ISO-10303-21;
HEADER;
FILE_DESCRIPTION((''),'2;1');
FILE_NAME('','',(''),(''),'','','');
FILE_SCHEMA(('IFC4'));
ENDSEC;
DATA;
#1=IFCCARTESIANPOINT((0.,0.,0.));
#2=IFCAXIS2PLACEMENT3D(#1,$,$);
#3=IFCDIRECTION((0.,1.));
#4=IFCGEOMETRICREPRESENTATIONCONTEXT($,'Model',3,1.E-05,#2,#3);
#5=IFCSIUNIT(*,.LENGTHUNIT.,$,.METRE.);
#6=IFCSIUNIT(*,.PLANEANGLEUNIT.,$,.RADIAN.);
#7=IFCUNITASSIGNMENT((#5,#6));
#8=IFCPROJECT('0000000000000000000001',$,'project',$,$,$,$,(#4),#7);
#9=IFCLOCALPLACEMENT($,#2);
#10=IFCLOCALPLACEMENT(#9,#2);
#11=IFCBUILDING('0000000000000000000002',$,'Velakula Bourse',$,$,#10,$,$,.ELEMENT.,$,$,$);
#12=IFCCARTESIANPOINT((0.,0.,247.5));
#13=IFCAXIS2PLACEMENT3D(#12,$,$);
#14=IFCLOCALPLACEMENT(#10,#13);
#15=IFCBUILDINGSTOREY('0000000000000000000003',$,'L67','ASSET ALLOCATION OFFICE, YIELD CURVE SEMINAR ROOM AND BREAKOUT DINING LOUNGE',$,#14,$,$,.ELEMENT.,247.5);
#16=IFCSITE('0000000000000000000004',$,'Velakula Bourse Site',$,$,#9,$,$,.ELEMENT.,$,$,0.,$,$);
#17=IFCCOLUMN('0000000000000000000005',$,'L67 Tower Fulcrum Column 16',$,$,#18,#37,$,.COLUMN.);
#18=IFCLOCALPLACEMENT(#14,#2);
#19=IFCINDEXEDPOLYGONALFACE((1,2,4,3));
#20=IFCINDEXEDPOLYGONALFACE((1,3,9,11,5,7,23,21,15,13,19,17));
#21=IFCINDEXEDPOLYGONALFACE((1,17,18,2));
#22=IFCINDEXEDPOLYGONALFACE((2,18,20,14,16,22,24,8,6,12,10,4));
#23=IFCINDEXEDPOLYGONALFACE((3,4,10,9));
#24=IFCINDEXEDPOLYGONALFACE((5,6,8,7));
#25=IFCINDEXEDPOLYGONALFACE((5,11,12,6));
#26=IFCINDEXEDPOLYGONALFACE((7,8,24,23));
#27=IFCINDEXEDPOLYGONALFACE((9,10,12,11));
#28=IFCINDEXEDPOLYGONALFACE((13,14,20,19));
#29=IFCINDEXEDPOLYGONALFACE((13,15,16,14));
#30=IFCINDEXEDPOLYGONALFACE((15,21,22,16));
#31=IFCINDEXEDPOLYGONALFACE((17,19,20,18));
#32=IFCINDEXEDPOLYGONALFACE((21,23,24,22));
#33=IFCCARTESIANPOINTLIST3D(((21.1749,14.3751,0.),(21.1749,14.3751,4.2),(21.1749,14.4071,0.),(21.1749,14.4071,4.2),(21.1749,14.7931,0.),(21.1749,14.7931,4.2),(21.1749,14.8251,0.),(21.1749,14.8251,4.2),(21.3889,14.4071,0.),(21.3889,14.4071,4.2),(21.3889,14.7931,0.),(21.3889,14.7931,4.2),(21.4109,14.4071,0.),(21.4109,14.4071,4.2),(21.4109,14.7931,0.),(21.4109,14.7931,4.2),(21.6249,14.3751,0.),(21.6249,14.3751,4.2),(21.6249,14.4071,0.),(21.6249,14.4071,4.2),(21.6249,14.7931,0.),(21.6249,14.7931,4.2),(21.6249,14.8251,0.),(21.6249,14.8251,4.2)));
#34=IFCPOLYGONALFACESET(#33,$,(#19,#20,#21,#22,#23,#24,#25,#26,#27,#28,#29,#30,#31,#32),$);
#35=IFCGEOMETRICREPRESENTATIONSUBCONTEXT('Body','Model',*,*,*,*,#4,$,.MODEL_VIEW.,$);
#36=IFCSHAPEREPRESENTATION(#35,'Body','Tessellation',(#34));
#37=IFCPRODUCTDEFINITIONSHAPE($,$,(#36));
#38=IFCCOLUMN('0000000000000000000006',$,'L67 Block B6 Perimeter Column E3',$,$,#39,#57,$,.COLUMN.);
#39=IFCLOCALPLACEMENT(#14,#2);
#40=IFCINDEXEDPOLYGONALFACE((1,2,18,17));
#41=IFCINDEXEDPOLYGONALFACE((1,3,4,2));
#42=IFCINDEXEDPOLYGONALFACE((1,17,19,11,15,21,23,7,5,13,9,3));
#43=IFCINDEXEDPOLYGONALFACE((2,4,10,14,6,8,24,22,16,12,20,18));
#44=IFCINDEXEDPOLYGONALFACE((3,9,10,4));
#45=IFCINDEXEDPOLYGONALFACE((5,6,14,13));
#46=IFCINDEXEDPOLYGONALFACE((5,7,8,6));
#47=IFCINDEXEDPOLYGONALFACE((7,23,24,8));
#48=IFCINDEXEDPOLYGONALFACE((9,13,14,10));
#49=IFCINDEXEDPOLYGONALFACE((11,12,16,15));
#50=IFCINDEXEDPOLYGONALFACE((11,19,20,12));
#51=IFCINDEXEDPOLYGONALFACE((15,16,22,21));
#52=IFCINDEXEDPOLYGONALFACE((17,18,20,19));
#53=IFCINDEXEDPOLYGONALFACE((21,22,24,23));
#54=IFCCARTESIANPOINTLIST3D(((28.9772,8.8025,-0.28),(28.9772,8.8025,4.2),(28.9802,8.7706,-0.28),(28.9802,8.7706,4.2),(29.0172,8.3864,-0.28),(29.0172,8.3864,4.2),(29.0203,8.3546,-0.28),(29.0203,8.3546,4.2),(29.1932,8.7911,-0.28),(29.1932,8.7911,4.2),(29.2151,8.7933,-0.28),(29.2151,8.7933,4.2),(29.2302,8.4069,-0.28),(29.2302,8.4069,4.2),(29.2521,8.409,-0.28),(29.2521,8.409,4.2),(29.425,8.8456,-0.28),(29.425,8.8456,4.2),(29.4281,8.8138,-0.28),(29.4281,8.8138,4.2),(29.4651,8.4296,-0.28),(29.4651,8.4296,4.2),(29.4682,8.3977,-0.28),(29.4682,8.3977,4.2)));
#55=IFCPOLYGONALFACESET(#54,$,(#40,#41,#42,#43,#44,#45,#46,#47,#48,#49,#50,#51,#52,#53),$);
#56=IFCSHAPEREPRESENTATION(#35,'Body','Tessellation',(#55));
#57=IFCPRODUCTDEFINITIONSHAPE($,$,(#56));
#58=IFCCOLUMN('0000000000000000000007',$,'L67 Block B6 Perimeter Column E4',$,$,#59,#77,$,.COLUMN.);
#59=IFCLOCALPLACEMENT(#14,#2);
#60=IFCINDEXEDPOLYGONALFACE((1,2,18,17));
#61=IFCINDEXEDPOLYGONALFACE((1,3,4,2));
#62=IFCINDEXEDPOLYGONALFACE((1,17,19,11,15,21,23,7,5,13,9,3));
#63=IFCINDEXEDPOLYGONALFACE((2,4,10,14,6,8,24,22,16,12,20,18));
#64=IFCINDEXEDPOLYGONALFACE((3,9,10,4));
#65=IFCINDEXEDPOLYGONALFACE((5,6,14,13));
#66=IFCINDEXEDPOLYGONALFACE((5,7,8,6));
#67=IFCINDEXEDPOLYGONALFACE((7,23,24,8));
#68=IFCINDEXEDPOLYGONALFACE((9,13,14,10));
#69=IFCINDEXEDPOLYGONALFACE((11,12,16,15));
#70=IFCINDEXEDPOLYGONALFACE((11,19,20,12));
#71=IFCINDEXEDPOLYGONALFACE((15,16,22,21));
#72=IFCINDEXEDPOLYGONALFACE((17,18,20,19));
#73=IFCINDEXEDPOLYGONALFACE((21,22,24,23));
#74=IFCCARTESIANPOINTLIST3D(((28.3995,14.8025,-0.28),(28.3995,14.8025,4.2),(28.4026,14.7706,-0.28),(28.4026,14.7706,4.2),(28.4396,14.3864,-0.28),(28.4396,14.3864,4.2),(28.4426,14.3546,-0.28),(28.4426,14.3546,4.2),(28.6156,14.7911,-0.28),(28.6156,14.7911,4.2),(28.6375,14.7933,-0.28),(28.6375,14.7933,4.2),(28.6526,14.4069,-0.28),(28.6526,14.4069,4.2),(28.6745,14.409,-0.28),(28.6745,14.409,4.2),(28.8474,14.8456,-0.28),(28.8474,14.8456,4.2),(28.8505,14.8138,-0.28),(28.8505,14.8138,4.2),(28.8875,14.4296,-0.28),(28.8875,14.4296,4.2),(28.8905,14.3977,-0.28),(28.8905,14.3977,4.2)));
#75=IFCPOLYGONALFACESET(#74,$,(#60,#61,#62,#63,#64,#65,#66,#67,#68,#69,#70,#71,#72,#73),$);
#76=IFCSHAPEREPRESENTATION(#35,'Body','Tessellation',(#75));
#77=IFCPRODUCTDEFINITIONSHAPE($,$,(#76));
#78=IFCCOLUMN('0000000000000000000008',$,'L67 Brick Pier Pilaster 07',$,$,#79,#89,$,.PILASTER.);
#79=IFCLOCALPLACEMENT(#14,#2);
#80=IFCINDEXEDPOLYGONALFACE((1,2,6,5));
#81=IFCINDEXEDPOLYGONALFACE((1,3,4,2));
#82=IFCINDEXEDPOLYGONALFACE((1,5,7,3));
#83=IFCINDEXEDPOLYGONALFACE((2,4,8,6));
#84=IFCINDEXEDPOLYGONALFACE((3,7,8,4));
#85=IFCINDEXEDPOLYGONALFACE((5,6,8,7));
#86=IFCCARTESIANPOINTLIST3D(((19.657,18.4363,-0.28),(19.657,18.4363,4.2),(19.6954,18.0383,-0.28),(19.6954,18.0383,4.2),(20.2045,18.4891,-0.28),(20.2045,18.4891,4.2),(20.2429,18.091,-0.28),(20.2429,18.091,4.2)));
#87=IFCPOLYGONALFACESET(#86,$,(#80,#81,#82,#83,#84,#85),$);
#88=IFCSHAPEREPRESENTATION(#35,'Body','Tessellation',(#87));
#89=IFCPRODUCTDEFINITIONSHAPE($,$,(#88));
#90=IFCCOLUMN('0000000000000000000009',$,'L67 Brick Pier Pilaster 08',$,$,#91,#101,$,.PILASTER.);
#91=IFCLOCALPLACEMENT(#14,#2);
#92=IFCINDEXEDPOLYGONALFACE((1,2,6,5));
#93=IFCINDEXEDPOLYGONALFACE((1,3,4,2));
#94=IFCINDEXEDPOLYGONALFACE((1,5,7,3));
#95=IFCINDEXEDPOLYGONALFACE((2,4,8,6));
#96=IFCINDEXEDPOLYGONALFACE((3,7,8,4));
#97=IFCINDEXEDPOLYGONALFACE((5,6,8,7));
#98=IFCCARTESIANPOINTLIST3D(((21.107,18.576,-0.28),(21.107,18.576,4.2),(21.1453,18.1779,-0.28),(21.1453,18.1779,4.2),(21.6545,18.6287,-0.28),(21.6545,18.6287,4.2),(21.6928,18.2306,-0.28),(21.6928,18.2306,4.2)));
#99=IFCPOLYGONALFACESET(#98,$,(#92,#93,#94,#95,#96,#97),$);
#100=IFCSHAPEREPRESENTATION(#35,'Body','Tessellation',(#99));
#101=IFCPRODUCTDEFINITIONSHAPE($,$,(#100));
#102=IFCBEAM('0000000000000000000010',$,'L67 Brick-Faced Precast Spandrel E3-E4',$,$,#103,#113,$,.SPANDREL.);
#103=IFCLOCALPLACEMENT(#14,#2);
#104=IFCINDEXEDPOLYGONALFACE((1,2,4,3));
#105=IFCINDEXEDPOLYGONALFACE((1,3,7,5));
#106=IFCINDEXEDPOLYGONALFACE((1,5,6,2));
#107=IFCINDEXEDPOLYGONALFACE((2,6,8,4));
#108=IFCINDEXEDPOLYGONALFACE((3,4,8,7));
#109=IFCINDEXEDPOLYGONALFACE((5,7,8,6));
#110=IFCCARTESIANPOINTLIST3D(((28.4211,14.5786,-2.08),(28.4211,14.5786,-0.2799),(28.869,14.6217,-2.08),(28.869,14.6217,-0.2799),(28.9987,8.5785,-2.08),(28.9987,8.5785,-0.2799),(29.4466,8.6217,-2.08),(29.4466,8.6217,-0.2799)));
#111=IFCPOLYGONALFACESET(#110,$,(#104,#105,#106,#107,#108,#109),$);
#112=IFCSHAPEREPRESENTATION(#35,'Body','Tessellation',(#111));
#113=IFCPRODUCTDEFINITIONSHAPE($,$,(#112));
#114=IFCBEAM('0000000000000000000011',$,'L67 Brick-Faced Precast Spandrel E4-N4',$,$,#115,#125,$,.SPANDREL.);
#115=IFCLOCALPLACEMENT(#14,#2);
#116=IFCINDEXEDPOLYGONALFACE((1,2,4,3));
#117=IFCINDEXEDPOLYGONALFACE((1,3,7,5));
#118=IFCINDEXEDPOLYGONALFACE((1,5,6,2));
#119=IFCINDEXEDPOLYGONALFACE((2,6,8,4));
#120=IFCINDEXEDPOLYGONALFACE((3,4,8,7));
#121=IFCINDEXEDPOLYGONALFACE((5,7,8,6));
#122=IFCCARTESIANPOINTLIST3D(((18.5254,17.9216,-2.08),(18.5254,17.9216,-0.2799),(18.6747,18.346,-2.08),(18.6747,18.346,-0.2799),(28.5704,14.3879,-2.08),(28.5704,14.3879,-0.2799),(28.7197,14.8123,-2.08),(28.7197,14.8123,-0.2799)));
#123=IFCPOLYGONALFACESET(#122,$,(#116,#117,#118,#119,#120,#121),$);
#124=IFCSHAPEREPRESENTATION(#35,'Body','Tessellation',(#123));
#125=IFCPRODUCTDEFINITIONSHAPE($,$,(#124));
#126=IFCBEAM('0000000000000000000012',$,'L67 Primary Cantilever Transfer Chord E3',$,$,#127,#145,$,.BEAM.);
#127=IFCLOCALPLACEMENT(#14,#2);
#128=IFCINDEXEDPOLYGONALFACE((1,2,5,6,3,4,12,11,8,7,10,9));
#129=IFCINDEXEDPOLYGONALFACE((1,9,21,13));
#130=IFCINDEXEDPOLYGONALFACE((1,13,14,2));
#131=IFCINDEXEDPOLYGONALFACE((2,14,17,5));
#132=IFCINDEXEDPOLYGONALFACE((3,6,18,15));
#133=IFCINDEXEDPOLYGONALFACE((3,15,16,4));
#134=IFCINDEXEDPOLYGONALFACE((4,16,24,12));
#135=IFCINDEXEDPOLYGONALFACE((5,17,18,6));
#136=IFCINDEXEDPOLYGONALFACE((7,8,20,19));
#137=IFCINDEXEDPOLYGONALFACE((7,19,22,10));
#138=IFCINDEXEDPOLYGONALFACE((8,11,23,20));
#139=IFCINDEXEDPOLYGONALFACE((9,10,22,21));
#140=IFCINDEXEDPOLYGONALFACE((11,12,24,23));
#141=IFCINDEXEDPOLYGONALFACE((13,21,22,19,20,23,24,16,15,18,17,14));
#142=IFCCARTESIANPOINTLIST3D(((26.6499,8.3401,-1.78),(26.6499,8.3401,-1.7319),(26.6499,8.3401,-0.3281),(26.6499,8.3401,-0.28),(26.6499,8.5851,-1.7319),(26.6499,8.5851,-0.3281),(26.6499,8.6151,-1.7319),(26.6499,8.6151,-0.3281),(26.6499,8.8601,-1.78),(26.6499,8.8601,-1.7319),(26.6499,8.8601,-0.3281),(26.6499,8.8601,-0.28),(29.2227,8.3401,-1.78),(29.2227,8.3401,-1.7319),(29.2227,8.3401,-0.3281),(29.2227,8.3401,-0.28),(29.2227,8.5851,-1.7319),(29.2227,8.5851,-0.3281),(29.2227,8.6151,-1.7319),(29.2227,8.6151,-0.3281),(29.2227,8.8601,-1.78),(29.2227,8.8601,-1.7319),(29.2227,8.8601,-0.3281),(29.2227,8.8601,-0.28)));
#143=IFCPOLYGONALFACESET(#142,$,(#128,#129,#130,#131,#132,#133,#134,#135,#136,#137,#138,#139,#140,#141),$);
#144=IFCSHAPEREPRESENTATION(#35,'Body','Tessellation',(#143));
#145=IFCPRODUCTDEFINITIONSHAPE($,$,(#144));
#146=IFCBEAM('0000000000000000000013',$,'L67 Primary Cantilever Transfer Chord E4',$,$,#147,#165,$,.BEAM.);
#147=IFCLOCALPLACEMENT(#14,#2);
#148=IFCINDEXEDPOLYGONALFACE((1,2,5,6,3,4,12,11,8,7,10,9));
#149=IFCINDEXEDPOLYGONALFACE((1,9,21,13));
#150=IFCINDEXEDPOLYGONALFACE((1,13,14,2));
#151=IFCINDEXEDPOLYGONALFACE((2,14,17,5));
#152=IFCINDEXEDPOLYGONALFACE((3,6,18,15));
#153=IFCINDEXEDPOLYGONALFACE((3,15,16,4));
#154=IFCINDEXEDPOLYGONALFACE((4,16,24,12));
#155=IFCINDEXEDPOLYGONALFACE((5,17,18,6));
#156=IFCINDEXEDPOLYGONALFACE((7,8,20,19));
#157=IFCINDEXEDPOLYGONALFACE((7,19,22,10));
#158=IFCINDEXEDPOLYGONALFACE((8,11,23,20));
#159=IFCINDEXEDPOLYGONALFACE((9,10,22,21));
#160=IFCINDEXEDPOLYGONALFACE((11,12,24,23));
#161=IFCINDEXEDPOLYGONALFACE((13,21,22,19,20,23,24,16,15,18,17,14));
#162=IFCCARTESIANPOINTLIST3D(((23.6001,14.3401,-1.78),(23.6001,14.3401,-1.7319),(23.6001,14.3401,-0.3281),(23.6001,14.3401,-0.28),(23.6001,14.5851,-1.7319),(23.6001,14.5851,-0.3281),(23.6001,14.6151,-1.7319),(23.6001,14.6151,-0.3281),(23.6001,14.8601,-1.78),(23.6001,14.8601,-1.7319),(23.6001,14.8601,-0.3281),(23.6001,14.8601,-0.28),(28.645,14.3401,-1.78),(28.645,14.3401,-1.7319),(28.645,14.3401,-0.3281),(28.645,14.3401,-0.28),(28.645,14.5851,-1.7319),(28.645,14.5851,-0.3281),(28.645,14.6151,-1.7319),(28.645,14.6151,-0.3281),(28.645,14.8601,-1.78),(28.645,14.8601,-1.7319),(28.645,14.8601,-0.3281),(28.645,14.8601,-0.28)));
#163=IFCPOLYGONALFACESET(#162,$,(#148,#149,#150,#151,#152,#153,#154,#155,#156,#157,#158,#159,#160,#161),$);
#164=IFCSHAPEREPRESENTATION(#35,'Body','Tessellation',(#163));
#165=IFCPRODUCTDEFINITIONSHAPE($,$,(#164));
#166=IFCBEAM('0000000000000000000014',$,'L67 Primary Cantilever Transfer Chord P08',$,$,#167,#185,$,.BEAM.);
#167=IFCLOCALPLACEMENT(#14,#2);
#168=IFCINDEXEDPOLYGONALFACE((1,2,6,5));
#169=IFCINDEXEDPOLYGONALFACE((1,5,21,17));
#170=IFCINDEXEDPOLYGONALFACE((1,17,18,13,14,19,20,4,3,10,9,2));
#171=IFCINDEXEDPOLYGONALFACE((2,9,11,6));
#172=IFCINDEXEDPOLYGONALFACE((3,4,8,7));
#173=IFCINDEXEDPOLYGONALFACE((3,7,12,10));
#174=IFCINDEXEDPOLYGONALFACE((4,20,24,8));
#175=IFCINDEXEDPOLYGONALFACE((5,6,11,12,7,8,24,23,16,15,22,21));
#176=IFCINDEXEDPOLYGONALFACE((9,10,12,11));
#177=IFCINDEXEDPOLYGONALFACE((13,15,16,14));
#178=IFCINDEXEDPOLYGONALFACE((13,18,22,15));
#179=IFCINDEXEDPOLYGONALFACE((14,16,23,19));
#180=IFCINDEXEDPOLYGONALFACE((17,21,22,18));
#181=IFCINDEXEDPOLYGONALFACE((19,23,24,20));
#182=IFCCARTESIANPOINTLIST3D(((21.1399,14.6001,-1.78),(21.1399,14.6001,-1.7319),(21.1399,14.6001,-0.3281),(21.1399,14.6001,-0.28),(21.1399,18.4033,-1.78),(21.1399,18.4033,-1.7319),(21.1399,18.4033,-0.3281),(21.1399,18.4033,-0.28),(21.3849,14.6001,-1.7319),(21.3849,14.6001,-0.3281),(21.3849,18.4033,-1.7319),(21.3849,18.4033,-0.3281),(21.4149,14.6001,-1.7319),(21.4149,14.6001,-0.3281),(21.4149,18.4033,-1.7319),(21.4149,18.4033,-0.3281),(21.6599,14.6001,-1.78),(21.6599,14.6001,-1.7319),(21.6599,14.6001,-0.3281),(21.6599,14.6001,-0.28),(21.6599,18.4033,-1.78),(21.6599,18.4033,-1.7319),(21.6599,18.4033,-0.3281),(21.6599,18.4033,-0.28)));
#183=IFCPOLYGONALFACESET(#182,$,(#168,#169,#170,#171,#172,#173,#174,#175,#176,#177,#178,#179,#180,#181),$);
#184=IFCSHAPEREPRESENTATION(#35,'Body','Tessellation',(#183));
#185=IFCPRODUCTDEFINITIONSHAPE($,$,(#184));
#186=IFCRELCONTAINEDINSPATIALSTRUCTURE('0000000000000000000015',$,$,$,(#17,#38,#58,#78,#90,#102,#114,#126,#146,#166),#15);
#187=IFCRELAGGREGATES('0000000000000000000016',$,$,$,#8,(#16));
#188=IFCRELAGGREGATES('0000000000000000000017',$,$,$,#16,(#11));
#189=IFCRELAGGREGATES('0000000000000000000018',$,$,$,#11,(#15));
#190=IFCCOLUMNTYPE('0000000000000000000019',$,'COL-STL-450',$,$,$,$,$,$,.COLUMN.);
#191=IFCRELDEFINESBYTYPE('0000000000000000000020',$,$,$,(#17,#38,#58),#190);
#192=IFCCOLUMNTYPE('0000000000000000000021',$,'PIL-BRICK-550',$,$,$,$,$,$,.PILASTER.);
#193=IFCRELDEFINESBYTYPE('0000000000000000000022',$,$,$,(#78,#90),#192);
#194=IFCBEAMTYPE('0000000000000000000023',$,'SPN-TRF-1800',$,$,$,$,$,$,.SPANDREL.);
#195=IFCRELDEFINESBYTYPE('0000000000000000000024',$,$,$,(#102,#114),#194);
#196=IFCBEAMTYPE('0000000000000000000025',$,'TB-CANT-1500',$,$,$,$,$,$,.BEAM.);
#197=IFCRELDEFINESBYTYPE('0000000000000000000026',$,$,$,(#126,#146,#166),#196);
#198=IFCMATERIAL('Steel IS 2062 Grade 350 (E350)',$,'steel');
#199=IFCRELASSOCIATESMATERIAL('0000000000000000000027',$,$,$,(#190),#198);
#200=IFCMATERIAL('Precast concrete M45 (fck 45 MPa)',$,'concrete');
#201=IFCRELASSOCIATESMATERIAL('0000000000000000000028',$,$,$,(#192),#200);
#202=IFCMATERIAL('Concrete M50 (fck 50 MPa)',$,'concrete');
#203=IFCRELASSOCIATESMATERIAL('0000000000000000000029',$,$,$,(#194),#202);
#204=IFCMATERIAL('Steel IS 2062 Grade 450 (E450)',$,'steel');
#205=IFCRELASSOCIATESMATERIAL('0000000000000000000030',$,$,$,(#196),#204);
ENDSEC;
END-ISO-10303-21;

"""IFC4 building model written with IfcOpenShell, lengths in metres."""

from ifc_helpers import new_model, si_unit, direction, frame, origin, origin_2d, place, context, subcontext, project, spatial, rectangle, i_section, extrude, material, material_profile, profile_set, type_object, element, save


model = new_model("IFC4")

# Units and contexts
model_context = context("Model", 3, precision=1e-05, world=origin(), true_north=direction((0.0, 1.0)))
body_context = subcontext(model_context, "Body", "Model", "MODEL_VIEW")
ifc_project = project(units=[si_unit("LENGTHUNIT", "METRE"), si_unit("PLANEANGLEUNIT", "RADIAN")], contexts=[model_context])

# Site, building, storey
site_placement = place(None, origin())
site = spatial("IfcSite", under=ifc_project, at=site_placement, Name="Velakula Bourse Site", CompositionType="ELEMENT", RefElevation=0.0)
building_placement = place(site_placement, origin())
building = spatial("IfcBuilding", under=site, at=building_placement, Name="Velakula Bourse", CompositionType="ELEMENT")
storey_placement = place(building_placement, frame((0.0, 0.0, 247.5)))
storey = spatial("IfcBuildingStorey", under=building, at=storey_placement, Name="L67", Description="ASSET ALLOCATION OFFICE, YIELD CURVE SEMINAR ROOM AND BREAKOUT DINING LOUNGE", CompositionType="ELEMENT", Elevation=247.5)

# Columns
ifc_material_1 = material(Name="Steel IS 2062 Grade 350 (E350)", Category="steel")
ifc_material_profile_1 = material_profile(ifc_material_1, i_section(OverallWidth=0.45, OverallDepth=0.45, WebThickness=0.022, FlangeThickness=0.032, at=origin_2d()), Name="Steel IS 2062 Grade 350 (E350)")
ifc_profile_set_1 = profile_set([ifc_material_profile_1], Name="Steel IS 2062 Grade 350 (E350)")
column_type_1 = type_object("IfcColumnType", Name="COL-STL-450", PredefinedType="COLUMN", material=ifc_profile_set_1)
column_placement = place(storey_placement, frame((21.3999, 14.6001, 0.0), z_axis=(0.0, 0.0, 1.0), x_axis=(1.0, 0.0, 0.0)))
element("IfcColumn", 1, at=column_placement, inside=storey, type_object=column_type_1, Name="L67 Tower Fulcrum Column 16", PredefinedType="COLUMN", context=body_context, shape_type="SweptSolid", body=[
    extrude(i_section(OverallWidth=0.45, OverallDepth=0.45, WebThickness=0.022, FlangeThickness=0.032, at=origin_2d()), origin(), (0.0, 0.0, 1.0), 4.2),
])
for number, where, z_axis, x_axis, name in (
    (2, (29.2227, 8.6001, -0.28), (0.0, 0.0, 1.0), (0.995396, 0.095846, 0.0), "L67 Block B6 Perimeter Column E3"),
    (3, (28.645, 14.6001, -0.28), (0.0, 0.0, 1.0), (0.995396, 0.095846, 0.0), "L67 Block B6 Perimeter Column E4"),
):
    element("IfcColumn", number, at=place(storey_placement, frame(where, z_axis=z_axis, x_axis=x_axis)), inside=storey, type_object=column_type_1, Name=name, PredefinedType="COLUMN", context=body_context, shape_type="SweptSolid", body=[
        extrude(i_section(OverallWidth=0.45, OverallDepth=0.45, WebThickness=0.022, FlangeThickness=0.032, at=origin_2d()), origin(), (0.0, 0.0, 1.0), 4.48),
    ])
ifc_material_2 = material(Name="Precast concrete M45 (fck 45 MPa)", Category="concrete")
ifc_material_profile_2 = material_profile(ifc_material_2, rectangle(XDim=0.55, YDim=0.3999, at=origin_2d()), Name="Precast concrete M45 (fck 45 MPa)")
ifc_profile_set_2 = profile_set([ifc_material_profile_2], Name="Precast concrete M45 (fck 45 MPa)")
column_type_2 = type_object("IfcColumnType", Name="PIL-BRICK-550", PredefinedType="PILASTER", material=ifc_profile_set_2)
for number, where, z_axis, x_axis, name in (
    (4, (19.95, 18.2637, -0.28), (0.0, 0.0, 1.0), (0.995396, 0.095846, 0.0), "L67 Brick Pier Pilaster 07"),
    (5, (21.3999, 18.4033, -0.28), (0.0, 0.0, 1.0), (0.995396, 0.095846, 0.0), "L67 Brick Pier Pilaster 08"),
):
    element("IfcColumn", number, at=place(storey_placement, frame(where, z_axis=z_axis, x_axis=x_axis)), inside=storey, type_object=column_type_2, Name=name, PredefinedType="PILASTER", context=body_context, shape_type="SweptSolid", body=[
        extrude(rectangle(XDim=0.55, YDim=0.3999, at=origin_2d()), origin(), (0.0, 0.0, 1.0), 4.48),
    ])

# Beams
ifc_material_3 = material(Name="Concrete M50 (fck 50 MPa)", Category="concrete")
ifc_material_profile_3 = material_profile(ifc_material_3, rectangle(XDim=0.45, YDim=1.8, at=origin_2d()), Name="Concrete M50 (fck 50 MPa)")
ifc_profile_set_3 = profile_set([ifc_material_profile_3], Name="Concrete M50 (fck 50 MPa)")
beam_type_1 = type_object("IfcBeamType", Name="SPN-TRF-1800", PredefinedType="SPANDREL", material=ifc_profile_set_3)
beam_1_placement = place(storey_placement, frame((29.2227, 8.6001, -1.1799), z_axis=(-0.09583, 0.995398, 0.0), x_axis=(-0.995398, -0.09583, 0.0)))
element("IfcBeam", 6, at=beam_1_placement, inside=storey, type_object=beam_type_1, Name="L67 Brick-Faced Precast Spandrel E3-E4", PredefinedType="SPANDREL", context=body_context, shape_type="SweptSolid", body=[
    extrude(rectangle(XDim=0.45, YDim=1.8, at=origin_2d()), origin(), (0.0, 0.0, 1.0), 6.0278),
])
beam_2_placement = place(storey_placement, frame((28.645, 14.6001, -1.1799), z_axis=(-0.943331, 0.331853, 0.0), x_axis=(-0.331853, -0.943331, 0.0)))
element("IfcBeam", 7, at=beam_2_placement, inside=storey, type_object=beam_type_1, Name="L67 Brick-Faced Precast Spandrel E4-N4", PredefinedType="SPANDREL", context=body_context, shape_type="SweptSolid", body=[
    extrude(rectangle(XDim=0.45, YDim=1.8, at=origin_2d()), origin(), (0.0, 0.0, 1.0), 10.6484),
])
ifc_material_4 = material(Name="Steel IS 2062 Grade 450 (E450)", Category="steel")
ifc_material_profile_4 = material_profile(ifc_material_4, i_section(OverallWidth=0.52, OverallDepth=1.5, WebThickness=0.03, FlangeThickness=0.0481, at=origin_2d()), Name="Steel IS 2062 Grade 450 (E450)")
ifc_profile_set_4 = profile_set([ifc_material_profile_4], Name="Steel IS 2062 Grade 450 (E450)")
beam_type_2 = type_object("IfcBeamType", Name="TB-CANT-1500", PredefinedType="BEAM", material=ifc_profile_set_4)
beam_3_placement = place(storey_placement, frame((26.6499, 8.6001, -1.03), z_axis=(1.0, 0.0, 0.0), x_axis=(0.0, 1.0, 0.0)))
element("IfcBeam", 8, at=beam_3_placement, inside=storey, type_object=beam_type_2, Name="L67 Primary Cantilever Transfer Chord E3", PredefinedType="BEAM", context=body_context, shape_type="SweptSolid", body=[
    extrude(i_section(OverallWidth=0.52, OverallDepth=1.5, WebThickness=0.03, FlangeThickness=0.0481, at=origin_2d()), origin(), (0.0, 0.0, 1.0), 2.5728),
])
beam_4_placement = place(storey_placement, frame((23.6001, 14.6001, -1.03), z_axis=(1.0, 0.0, 0.0), x_axis=(0.0, 1.0, 0.0)))
element("IfcBeam", 9, at=beam_4_placement, inside=storey, type_object=beam_type_2, Name="L67 Primary Cantilever Transfer Chord E4", PredefinedType="BEAM", context=body_context, shape_type="SweptSolid", body=[
    extrude(i_section(OverallWidth=0.52, OverallDepth=1.5, WebThickness=0.03, FlangeThickness=0.0481, at=origin_2d()), origin(), (0.0, 0.0, 1.0), 5.0449),
])
beam_5_placement = place(storey_placement, frame((21.3999, 14.6001, -1.03), z_axis=(0.0, 1.0, 0.0), x_axis=(-1.0, 0.0, 0.0)))
element("IfcBeam", 10, at=beam_5_placement, inside=storey, type_object=beam_type_2, Name="L67 Primary Cantilever Transfer Chord P08", PredefinedType="BEAM", context=body_context, shape_type="SweptSolid", body=[
    extrude(i_section(OverallWidth=0.52, OverallDepth=1.5, WebThickness=0.03, FlangeThickness=0.0481, at=origin_2d()), origin(), (0.0, 0.0, 1.0), 3.8032),
])

save(model, "model.ifc")
